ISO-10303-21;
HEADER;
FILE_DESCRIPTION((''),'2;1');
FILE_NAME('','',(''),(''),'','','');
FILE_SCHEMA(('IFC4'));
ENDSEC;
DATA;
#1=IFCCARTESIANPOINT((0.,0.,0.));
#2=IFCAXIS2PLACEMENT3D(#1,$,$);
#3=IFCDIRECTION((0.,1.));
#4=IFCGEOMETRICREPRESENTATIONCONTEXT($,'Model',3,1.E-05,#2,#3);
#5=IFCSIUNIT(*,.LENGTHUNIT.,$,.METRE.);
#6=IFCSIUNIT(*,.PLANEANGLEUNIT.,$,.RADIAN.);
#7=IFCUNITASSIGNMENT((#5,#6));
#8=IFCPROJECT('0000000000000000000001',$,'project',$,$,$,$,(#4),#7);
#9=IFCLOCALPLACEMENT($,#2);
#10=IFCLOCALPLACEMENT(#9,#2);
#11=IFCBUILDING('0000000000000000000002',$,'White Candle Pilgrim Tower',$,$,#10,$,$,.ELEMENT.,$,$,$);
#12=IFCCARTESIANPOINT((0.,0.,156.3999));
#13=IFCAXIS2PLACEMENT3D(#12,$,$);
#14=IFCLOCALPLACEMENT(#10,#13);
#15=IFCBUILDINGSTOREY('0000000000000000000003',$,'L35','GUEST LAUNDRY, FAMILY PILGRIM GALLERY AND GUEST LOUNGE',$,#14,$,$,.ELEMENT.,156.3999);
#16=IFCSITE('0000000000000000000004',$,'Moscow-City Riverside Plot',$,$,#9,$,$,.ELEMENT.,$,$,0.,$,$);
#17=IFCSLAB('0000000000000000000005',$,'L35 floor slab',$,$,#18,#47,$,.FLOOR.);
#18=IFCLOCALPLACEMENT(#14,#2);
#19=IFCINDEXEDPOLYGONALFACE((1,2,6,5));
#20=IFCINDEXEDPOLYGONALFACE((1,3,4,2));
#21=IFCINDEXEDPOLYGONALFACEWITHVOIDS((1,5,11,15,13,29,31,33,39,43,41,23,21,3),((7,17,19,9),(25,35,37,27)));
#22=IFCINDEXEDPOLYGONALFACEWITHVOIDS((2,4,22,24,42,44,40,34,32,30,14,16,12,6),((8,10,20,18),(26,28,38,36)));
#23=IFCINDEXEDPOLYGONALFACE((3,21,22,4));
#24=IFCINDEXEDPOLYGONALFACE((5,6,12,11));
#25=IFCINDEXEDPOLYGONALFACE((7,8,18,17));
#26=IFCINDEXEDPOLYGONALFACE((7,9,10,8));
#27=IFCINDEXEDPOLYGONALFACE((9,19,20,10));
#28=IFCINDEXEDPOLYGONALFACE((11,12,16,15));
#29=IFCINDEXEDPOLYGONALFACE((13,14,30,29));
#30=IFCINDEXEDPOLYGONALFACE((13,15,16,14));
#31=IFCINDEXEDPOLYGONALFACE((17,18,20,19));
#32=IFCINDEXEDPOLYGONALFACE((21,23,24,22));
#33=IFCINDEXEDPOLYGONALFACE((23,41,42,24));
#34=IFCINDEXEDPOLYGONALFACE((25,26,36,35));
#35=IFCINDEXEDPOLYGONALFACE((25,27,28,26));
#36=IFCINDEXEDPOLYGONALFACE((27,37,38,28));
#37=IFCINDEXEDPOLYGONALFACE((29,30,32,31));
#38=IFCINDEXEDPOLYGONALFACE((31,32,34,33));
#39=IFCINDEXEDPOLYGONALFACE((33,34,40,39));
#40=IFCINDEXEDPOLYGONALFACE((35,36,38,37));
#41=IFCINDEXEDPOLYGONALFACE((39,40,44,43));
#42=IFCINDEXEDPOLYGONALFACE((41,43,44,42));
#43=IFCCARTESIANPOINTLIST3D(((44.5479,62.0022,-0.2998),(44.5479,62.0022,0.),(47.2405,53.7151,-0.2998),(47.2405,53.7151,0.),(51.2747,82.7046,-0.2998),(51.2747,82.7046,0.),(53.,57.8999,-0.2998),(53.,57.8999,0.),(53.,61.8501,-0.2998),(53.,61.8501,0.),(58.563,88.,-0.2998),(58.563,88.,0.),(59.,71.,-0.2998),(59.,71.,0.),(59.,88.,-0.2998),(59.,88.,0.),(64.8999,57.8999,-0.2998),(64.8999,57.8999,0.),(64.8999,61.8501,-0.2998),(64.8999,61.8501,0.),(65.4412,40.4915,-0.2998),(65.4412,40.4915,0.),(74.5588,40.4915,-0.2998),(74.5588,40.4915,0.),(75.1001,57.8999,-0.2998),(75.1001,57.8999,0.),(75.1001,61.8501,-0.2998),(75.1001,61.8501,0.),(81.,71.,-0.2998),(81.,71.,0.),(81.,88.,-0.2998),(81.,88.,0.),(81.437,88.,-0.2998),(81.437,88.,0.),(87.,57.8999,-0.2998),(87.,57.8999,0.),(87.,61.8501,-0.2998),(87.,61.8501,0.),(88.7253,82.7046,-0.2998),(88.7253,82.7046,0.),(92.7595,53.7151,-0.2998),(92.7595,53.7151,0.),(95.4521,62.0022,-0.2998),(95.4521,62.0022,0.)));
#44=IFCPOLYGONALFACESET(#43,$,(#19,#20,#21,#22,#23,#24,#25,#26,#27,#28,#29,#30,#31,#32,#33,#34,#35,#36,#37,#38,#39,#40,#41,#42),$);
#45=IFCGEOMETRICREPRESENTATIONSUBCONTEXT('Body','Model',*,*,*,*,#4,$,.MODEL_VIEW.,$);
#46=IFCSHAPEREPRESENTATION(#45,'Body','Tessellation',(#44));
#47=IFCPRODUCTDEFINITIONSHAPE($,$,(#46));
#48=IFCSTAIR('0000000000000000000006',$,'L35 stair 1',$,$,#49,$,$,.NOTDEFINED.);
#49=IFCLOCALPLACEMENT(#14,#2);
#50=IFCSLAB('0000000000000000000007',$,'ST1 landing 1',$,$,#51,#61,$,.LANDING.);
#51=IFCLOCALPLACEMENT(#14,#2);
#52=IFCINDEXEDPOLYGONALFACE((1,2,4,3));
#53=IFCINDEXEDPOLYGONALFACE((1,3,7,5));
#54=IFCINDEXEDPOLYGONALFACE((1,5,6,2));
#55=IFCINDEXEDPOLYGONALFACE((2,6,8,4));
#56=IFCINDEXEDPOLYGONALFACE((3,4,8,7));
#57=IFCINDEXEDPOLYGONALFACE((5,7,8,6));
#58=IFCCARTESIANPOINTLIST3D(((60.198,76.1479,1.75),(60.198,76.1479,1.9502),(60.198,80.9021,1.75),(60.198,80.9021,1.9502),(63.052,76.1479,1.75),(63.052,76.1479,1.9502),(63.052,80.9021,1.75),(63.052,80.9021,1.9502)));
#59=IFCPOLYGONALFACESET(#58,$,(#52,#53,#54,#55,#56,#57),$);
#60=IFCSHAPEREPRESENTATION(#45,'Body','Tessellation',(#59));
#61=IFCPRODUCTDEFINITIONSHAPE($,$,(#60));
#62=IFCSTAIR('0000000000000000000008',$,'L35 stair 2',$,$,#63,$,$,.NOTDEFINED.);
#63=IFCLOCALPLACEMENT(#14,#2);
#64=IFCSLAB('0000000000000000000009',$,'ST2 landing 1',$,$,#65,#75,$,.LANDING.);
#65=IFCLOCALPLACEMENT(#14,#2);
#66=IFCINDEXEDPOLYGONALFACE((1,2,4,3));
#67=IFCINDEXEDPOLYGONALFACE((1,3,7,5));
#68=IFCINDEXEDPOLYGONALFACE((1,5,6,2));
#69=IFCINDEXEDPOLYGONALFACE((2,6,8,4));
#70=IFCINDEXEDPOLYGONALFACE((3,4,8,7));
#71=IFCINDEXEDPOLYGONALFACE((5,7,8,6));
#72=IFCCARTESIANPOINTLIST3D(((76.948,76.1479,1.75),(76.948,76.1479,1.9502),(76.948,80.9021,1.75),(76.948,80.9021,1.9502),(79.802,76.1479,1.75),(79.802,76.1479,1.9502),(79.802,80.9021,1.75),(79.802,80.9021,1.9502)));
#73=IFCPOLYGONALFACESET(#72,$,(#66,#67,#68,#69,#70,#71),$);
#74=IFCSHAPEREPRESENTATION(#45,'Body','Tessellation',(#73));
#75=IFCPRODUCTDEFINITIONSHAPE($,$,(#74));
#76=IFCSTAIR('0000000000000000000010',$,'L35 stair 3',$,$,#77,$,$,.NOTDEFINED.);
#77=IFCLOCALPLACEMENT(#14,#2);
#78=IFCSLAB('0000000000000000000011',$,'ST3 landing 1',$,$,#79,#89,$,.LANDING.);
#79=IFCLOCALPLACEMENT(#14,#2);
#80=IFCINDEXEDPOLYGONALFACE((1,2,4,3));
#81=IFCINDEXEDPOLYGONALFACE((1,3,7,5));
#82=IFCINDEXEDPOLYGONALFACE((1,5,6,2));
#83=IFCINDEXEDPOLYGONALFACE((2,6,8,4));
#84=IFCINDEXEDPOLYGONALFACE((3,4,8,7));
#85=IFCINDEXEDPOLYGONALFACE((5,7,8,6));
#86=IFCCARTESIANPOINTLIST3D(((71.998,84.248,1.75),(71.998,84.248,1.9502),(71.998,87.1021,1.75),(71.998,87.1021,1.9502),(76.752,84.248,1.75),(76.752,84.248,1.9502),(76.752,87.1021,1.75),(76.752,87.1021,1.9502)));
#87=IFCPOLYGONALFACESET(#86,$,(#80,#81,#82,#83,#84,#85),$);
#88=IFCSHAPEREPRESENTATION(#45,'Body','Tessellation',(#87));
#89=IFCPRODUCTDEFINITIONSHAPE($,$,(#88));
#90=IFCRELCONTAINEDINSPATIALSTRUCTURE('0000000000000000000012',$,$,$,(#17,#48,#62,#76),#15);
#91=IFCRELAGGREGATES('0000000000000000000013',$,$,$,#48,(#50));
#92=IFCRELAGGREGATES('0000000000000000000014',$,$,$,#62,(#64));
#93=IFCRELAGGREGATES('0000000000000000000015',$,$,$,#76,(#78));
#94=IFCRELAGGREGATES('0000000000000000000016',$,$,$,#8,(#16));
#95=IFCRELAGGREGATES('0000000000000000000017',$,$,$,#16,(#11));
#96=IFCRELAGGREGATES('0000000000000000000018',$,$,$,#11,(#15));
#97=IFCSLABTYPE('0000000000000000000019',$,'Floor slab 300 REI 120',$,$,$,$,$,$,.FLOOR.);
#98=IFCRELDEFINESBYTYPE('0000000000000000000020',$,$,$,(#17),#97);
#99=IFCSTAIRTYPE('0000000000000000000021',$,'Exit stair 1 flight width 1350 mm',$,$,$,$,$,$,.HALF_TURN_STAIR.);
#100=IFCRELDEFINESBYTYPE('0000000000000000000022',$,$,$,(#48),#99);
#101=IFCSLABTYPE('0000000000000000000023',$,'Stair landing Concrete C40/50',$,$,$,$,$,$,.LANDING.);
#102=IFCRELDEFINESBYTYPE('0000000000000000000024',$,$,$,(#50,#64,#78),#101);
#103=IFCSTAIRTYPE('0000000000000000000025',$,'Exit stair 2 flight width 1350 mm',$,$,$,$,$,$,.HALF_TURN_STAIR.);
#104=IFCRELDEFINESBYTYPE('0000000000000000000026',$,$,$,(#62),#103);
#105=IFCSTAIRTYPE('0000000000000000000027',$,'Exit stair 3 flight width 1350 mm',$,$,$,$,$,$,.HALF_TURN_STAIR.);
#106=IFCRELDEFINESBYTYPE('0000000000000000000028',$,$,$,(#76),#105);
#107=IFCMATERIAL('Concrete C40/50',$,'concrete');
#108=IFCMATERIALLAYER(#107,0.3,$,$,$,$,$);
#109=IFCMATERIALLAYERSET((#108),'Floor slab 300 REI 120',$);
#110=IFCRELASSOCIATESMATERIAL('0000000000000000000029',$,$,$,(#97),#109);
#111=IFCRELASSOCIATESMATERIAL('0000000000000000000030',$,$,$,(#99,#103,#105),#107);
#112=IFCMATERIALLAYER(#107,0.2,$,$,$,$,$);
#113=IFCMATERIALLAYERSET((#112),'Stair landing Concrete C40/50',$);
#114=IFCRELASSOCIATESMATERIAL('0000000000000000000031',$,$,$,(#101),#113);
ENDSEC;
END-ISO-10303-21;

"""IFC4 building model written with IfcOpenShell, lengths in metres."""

from ifc_helpers import new_model, si_unit, direction, frame, origin, place, context, subcontext, project, spatial, polyline, outline, extrude, material, layer, layer_set, type_object, element, aggregate, save


model = new_model("IFC4")

# Units and contexts
model_context = context("Model", 3, precision=1e-05, world=origin(), true_north=direction((0.0, 1.0)))
body_context = subcontext(model_context, "Body", "Model", "MODEL_VIEW")
ifc_project = project(units=[si_unit("LENGTHUNIT", "METRE"), si_unit("PLANEANGLEUNIT", "RADIAN")], contexts=[model_context])

# Site, building, storey
site_placement = place(None, origin())
site = spatial("IfcSite", under=ifc_project, at=site_placement, Name="Moscow-City Riverside Plot", CompositionType="ELEMENT", RefElevation=0.0)
building_placement = place(site_placement, origin())
building = spatial("IfcBuilding", under=site, at=building_placement, Name="White Candle Pilgrim Tower", CompositionType="ELEMENT")
storey_placement = place(building_placement, frame((0.0, 0.0, 156.3999)))
storey = spatial("IfcBuildingStorey", under=building, at=storey_placement, Name="L35", Description="GUEST LAUNDRY, FAMILY PILGRIM GALLERY AND GUEST LOUNGE", CompositionType="ELEMENT", Elevation=156.3999)

# Slab
ifc_material = material(Name="Concrete C40/50", Category="concrete")
ifc_layer_1 = layer(ifc_material, 0.3)
ifc_layer_set_1 = layer_set([ifc_layer_1], Name="Floor slab 300 REI 120")
slab_type_1 = type_object("IfcSlabType", Name="Floor slab 300 REI 120", PredefinedType="FLOOR", material=ifc_layer_set_1)
slab_1_placement = place(storey_placement, frame((0.0, 0.0, -0.2998)))
element("IfcSlab", 1, at=slab_1_placement, inside=storey, type_object=slab_type_1, Name="L35 floor slab", PredefinedType="FLOOR", context=body_context, shape_type="SweptSolid", body=[
    extrude(outline(polyline([(65.4412, 40.4915), (74.5588, 40.4915), (92.7595, 53.7151), (95.4521, 62.0022), (88.7253, 82.7046), (81.437, 88.0), (81.0, 88.0), (81.0, 71.0), (59.0, 71.0), (59.0, 88.0), (58.563, 88.0), (51.2747, 82.7046), (44.5479, 62.0022), (47.2405, 53.7151), (65.4412, 40.4915)]), holes=[polyline([(53.0, 57.8999), (53.0, 61.8501), (64.8999, 61.8501), (64.8999, 57.8999), (53.0, 57.8999)]), polyline([(75.1001, 57.8999), (75.1001, 61.8501), (87.0, 61.8501), (87.0, 57.8999), (75.1001, 57.8999)])]), origin(), (0.0, 0.0, 1.0), 0.2998),
])

# Stairs, slabs
stair_type_1 = type_object("IfcStairType", Name="Exit stair 1 flight width 1350 mm", PredefinedType="HALF_TURN_STAIR", material=ifc_material)
stair_1_placement = place(storey_placement, origin())
stair_1 = element("IfcStair", 2, at=stair_1_placement, inside=storey, type_object=stair_type_1, Name="L35 stair 1", PredefinedType="NOTDEFINED")
ifc_layer_2 = layer(ifc_material, 0.2)
ifc_layer_set_2 = layer_set([ifc_layer_2], Name="Stair landing Concrete C40/50")
slab_type_2 = type_object("IfcSlabType", Name="Stair landing Concrete C40/50", PredefinedType="LANDING", material=ifc_layer_set_2)
slab_2_placement = place(storey_placement, frame((0.0, 0.0, 1.75)))
slab_2 = element("IfcSlab", 3, at=slab_2_placement, type_object=slab_type_2, Name="ST1 landing 1", PredefinedType="LANDING", context=body_context, shape_type="SweptSolid", body=[
    extrude(outline(polyline([(63.052, 76.1479), (60.198, 76.1479), (60.198, 80.9021), (63.052, 80.9021), (63.052, 76.1479)])), origin(), (0.0, 0.0, 1.0), 0.2002),
])
aggregate(stair_1, [slab_2])
stair_type_2 = type_object("IfcStairType", Name="Exit stair 2 flight width 1350 mm", PredefinedType="HALF_TURN_STAIR", material=ifc_material)
stair_2_placement = place(storey_placement, origin())
stair_2 = element("IfcStair", 4, at=stair_2_placement, inside=storey, type_object=stair_type_2, Name="L35 stair 2", PredefinedType="NOTDEFINED")
slab_3_placement = place(storey_placement, frame((0.0, 0.0, 1.75)))
slab_3 = element("IfcSlab", 5, at=slab_3_placement, type_object=slab_type_2, Name="ST2 landing 1", PredefinedType="LANDING", context=body_context, shape_type="SweptSolid", body=[
    extrude(outline(polyline([(79.802, 76.1479), (76.948, 76.1479), (76.948, 80.9021), (79.802, 80.9021), (79.802, 76.1479)])), origin(), (0.0, 0.0, 1.0), 0.2002),
])
aggregate(stair_2, [slab_3])
stair_type_3 = type_object("IfcStairType", Name="Exit stair 3 flight width 1350 mm", PredefinedType="HALF_TURN_STAIR", material=ifc_material)
stair_3_placement = place(storey_placement, origin())
stair_3 = element("IfcStair", 6, at=stair_3_placement, inside=storey, type_object=stair_type_3, Name="L35 stair 3", PredefinedType="NOTDEFINED")
slab_4_placement = place(storey_placement, frame((0.0, 0.0, 1.75)))
slab_4 = element("IfcSlab", 7, at=slab_4_placement, type_object=slab_type_2, Name="ST3 landing 1", PredefinedType="LANDING", context=body_context, shape_type="SweptSolid", body=[
    extrude(outline(polyline([(71.998, 84.248), (71.998, 87.1021), (76.752, 87.1021), (76.752, 84.248), (71.998, 84.248)])), origin(), (0.0, 0.0, 1.0), 0.2002),
])
aggregate(stair_3, [slab_4])

save(model, "model.ifc")
